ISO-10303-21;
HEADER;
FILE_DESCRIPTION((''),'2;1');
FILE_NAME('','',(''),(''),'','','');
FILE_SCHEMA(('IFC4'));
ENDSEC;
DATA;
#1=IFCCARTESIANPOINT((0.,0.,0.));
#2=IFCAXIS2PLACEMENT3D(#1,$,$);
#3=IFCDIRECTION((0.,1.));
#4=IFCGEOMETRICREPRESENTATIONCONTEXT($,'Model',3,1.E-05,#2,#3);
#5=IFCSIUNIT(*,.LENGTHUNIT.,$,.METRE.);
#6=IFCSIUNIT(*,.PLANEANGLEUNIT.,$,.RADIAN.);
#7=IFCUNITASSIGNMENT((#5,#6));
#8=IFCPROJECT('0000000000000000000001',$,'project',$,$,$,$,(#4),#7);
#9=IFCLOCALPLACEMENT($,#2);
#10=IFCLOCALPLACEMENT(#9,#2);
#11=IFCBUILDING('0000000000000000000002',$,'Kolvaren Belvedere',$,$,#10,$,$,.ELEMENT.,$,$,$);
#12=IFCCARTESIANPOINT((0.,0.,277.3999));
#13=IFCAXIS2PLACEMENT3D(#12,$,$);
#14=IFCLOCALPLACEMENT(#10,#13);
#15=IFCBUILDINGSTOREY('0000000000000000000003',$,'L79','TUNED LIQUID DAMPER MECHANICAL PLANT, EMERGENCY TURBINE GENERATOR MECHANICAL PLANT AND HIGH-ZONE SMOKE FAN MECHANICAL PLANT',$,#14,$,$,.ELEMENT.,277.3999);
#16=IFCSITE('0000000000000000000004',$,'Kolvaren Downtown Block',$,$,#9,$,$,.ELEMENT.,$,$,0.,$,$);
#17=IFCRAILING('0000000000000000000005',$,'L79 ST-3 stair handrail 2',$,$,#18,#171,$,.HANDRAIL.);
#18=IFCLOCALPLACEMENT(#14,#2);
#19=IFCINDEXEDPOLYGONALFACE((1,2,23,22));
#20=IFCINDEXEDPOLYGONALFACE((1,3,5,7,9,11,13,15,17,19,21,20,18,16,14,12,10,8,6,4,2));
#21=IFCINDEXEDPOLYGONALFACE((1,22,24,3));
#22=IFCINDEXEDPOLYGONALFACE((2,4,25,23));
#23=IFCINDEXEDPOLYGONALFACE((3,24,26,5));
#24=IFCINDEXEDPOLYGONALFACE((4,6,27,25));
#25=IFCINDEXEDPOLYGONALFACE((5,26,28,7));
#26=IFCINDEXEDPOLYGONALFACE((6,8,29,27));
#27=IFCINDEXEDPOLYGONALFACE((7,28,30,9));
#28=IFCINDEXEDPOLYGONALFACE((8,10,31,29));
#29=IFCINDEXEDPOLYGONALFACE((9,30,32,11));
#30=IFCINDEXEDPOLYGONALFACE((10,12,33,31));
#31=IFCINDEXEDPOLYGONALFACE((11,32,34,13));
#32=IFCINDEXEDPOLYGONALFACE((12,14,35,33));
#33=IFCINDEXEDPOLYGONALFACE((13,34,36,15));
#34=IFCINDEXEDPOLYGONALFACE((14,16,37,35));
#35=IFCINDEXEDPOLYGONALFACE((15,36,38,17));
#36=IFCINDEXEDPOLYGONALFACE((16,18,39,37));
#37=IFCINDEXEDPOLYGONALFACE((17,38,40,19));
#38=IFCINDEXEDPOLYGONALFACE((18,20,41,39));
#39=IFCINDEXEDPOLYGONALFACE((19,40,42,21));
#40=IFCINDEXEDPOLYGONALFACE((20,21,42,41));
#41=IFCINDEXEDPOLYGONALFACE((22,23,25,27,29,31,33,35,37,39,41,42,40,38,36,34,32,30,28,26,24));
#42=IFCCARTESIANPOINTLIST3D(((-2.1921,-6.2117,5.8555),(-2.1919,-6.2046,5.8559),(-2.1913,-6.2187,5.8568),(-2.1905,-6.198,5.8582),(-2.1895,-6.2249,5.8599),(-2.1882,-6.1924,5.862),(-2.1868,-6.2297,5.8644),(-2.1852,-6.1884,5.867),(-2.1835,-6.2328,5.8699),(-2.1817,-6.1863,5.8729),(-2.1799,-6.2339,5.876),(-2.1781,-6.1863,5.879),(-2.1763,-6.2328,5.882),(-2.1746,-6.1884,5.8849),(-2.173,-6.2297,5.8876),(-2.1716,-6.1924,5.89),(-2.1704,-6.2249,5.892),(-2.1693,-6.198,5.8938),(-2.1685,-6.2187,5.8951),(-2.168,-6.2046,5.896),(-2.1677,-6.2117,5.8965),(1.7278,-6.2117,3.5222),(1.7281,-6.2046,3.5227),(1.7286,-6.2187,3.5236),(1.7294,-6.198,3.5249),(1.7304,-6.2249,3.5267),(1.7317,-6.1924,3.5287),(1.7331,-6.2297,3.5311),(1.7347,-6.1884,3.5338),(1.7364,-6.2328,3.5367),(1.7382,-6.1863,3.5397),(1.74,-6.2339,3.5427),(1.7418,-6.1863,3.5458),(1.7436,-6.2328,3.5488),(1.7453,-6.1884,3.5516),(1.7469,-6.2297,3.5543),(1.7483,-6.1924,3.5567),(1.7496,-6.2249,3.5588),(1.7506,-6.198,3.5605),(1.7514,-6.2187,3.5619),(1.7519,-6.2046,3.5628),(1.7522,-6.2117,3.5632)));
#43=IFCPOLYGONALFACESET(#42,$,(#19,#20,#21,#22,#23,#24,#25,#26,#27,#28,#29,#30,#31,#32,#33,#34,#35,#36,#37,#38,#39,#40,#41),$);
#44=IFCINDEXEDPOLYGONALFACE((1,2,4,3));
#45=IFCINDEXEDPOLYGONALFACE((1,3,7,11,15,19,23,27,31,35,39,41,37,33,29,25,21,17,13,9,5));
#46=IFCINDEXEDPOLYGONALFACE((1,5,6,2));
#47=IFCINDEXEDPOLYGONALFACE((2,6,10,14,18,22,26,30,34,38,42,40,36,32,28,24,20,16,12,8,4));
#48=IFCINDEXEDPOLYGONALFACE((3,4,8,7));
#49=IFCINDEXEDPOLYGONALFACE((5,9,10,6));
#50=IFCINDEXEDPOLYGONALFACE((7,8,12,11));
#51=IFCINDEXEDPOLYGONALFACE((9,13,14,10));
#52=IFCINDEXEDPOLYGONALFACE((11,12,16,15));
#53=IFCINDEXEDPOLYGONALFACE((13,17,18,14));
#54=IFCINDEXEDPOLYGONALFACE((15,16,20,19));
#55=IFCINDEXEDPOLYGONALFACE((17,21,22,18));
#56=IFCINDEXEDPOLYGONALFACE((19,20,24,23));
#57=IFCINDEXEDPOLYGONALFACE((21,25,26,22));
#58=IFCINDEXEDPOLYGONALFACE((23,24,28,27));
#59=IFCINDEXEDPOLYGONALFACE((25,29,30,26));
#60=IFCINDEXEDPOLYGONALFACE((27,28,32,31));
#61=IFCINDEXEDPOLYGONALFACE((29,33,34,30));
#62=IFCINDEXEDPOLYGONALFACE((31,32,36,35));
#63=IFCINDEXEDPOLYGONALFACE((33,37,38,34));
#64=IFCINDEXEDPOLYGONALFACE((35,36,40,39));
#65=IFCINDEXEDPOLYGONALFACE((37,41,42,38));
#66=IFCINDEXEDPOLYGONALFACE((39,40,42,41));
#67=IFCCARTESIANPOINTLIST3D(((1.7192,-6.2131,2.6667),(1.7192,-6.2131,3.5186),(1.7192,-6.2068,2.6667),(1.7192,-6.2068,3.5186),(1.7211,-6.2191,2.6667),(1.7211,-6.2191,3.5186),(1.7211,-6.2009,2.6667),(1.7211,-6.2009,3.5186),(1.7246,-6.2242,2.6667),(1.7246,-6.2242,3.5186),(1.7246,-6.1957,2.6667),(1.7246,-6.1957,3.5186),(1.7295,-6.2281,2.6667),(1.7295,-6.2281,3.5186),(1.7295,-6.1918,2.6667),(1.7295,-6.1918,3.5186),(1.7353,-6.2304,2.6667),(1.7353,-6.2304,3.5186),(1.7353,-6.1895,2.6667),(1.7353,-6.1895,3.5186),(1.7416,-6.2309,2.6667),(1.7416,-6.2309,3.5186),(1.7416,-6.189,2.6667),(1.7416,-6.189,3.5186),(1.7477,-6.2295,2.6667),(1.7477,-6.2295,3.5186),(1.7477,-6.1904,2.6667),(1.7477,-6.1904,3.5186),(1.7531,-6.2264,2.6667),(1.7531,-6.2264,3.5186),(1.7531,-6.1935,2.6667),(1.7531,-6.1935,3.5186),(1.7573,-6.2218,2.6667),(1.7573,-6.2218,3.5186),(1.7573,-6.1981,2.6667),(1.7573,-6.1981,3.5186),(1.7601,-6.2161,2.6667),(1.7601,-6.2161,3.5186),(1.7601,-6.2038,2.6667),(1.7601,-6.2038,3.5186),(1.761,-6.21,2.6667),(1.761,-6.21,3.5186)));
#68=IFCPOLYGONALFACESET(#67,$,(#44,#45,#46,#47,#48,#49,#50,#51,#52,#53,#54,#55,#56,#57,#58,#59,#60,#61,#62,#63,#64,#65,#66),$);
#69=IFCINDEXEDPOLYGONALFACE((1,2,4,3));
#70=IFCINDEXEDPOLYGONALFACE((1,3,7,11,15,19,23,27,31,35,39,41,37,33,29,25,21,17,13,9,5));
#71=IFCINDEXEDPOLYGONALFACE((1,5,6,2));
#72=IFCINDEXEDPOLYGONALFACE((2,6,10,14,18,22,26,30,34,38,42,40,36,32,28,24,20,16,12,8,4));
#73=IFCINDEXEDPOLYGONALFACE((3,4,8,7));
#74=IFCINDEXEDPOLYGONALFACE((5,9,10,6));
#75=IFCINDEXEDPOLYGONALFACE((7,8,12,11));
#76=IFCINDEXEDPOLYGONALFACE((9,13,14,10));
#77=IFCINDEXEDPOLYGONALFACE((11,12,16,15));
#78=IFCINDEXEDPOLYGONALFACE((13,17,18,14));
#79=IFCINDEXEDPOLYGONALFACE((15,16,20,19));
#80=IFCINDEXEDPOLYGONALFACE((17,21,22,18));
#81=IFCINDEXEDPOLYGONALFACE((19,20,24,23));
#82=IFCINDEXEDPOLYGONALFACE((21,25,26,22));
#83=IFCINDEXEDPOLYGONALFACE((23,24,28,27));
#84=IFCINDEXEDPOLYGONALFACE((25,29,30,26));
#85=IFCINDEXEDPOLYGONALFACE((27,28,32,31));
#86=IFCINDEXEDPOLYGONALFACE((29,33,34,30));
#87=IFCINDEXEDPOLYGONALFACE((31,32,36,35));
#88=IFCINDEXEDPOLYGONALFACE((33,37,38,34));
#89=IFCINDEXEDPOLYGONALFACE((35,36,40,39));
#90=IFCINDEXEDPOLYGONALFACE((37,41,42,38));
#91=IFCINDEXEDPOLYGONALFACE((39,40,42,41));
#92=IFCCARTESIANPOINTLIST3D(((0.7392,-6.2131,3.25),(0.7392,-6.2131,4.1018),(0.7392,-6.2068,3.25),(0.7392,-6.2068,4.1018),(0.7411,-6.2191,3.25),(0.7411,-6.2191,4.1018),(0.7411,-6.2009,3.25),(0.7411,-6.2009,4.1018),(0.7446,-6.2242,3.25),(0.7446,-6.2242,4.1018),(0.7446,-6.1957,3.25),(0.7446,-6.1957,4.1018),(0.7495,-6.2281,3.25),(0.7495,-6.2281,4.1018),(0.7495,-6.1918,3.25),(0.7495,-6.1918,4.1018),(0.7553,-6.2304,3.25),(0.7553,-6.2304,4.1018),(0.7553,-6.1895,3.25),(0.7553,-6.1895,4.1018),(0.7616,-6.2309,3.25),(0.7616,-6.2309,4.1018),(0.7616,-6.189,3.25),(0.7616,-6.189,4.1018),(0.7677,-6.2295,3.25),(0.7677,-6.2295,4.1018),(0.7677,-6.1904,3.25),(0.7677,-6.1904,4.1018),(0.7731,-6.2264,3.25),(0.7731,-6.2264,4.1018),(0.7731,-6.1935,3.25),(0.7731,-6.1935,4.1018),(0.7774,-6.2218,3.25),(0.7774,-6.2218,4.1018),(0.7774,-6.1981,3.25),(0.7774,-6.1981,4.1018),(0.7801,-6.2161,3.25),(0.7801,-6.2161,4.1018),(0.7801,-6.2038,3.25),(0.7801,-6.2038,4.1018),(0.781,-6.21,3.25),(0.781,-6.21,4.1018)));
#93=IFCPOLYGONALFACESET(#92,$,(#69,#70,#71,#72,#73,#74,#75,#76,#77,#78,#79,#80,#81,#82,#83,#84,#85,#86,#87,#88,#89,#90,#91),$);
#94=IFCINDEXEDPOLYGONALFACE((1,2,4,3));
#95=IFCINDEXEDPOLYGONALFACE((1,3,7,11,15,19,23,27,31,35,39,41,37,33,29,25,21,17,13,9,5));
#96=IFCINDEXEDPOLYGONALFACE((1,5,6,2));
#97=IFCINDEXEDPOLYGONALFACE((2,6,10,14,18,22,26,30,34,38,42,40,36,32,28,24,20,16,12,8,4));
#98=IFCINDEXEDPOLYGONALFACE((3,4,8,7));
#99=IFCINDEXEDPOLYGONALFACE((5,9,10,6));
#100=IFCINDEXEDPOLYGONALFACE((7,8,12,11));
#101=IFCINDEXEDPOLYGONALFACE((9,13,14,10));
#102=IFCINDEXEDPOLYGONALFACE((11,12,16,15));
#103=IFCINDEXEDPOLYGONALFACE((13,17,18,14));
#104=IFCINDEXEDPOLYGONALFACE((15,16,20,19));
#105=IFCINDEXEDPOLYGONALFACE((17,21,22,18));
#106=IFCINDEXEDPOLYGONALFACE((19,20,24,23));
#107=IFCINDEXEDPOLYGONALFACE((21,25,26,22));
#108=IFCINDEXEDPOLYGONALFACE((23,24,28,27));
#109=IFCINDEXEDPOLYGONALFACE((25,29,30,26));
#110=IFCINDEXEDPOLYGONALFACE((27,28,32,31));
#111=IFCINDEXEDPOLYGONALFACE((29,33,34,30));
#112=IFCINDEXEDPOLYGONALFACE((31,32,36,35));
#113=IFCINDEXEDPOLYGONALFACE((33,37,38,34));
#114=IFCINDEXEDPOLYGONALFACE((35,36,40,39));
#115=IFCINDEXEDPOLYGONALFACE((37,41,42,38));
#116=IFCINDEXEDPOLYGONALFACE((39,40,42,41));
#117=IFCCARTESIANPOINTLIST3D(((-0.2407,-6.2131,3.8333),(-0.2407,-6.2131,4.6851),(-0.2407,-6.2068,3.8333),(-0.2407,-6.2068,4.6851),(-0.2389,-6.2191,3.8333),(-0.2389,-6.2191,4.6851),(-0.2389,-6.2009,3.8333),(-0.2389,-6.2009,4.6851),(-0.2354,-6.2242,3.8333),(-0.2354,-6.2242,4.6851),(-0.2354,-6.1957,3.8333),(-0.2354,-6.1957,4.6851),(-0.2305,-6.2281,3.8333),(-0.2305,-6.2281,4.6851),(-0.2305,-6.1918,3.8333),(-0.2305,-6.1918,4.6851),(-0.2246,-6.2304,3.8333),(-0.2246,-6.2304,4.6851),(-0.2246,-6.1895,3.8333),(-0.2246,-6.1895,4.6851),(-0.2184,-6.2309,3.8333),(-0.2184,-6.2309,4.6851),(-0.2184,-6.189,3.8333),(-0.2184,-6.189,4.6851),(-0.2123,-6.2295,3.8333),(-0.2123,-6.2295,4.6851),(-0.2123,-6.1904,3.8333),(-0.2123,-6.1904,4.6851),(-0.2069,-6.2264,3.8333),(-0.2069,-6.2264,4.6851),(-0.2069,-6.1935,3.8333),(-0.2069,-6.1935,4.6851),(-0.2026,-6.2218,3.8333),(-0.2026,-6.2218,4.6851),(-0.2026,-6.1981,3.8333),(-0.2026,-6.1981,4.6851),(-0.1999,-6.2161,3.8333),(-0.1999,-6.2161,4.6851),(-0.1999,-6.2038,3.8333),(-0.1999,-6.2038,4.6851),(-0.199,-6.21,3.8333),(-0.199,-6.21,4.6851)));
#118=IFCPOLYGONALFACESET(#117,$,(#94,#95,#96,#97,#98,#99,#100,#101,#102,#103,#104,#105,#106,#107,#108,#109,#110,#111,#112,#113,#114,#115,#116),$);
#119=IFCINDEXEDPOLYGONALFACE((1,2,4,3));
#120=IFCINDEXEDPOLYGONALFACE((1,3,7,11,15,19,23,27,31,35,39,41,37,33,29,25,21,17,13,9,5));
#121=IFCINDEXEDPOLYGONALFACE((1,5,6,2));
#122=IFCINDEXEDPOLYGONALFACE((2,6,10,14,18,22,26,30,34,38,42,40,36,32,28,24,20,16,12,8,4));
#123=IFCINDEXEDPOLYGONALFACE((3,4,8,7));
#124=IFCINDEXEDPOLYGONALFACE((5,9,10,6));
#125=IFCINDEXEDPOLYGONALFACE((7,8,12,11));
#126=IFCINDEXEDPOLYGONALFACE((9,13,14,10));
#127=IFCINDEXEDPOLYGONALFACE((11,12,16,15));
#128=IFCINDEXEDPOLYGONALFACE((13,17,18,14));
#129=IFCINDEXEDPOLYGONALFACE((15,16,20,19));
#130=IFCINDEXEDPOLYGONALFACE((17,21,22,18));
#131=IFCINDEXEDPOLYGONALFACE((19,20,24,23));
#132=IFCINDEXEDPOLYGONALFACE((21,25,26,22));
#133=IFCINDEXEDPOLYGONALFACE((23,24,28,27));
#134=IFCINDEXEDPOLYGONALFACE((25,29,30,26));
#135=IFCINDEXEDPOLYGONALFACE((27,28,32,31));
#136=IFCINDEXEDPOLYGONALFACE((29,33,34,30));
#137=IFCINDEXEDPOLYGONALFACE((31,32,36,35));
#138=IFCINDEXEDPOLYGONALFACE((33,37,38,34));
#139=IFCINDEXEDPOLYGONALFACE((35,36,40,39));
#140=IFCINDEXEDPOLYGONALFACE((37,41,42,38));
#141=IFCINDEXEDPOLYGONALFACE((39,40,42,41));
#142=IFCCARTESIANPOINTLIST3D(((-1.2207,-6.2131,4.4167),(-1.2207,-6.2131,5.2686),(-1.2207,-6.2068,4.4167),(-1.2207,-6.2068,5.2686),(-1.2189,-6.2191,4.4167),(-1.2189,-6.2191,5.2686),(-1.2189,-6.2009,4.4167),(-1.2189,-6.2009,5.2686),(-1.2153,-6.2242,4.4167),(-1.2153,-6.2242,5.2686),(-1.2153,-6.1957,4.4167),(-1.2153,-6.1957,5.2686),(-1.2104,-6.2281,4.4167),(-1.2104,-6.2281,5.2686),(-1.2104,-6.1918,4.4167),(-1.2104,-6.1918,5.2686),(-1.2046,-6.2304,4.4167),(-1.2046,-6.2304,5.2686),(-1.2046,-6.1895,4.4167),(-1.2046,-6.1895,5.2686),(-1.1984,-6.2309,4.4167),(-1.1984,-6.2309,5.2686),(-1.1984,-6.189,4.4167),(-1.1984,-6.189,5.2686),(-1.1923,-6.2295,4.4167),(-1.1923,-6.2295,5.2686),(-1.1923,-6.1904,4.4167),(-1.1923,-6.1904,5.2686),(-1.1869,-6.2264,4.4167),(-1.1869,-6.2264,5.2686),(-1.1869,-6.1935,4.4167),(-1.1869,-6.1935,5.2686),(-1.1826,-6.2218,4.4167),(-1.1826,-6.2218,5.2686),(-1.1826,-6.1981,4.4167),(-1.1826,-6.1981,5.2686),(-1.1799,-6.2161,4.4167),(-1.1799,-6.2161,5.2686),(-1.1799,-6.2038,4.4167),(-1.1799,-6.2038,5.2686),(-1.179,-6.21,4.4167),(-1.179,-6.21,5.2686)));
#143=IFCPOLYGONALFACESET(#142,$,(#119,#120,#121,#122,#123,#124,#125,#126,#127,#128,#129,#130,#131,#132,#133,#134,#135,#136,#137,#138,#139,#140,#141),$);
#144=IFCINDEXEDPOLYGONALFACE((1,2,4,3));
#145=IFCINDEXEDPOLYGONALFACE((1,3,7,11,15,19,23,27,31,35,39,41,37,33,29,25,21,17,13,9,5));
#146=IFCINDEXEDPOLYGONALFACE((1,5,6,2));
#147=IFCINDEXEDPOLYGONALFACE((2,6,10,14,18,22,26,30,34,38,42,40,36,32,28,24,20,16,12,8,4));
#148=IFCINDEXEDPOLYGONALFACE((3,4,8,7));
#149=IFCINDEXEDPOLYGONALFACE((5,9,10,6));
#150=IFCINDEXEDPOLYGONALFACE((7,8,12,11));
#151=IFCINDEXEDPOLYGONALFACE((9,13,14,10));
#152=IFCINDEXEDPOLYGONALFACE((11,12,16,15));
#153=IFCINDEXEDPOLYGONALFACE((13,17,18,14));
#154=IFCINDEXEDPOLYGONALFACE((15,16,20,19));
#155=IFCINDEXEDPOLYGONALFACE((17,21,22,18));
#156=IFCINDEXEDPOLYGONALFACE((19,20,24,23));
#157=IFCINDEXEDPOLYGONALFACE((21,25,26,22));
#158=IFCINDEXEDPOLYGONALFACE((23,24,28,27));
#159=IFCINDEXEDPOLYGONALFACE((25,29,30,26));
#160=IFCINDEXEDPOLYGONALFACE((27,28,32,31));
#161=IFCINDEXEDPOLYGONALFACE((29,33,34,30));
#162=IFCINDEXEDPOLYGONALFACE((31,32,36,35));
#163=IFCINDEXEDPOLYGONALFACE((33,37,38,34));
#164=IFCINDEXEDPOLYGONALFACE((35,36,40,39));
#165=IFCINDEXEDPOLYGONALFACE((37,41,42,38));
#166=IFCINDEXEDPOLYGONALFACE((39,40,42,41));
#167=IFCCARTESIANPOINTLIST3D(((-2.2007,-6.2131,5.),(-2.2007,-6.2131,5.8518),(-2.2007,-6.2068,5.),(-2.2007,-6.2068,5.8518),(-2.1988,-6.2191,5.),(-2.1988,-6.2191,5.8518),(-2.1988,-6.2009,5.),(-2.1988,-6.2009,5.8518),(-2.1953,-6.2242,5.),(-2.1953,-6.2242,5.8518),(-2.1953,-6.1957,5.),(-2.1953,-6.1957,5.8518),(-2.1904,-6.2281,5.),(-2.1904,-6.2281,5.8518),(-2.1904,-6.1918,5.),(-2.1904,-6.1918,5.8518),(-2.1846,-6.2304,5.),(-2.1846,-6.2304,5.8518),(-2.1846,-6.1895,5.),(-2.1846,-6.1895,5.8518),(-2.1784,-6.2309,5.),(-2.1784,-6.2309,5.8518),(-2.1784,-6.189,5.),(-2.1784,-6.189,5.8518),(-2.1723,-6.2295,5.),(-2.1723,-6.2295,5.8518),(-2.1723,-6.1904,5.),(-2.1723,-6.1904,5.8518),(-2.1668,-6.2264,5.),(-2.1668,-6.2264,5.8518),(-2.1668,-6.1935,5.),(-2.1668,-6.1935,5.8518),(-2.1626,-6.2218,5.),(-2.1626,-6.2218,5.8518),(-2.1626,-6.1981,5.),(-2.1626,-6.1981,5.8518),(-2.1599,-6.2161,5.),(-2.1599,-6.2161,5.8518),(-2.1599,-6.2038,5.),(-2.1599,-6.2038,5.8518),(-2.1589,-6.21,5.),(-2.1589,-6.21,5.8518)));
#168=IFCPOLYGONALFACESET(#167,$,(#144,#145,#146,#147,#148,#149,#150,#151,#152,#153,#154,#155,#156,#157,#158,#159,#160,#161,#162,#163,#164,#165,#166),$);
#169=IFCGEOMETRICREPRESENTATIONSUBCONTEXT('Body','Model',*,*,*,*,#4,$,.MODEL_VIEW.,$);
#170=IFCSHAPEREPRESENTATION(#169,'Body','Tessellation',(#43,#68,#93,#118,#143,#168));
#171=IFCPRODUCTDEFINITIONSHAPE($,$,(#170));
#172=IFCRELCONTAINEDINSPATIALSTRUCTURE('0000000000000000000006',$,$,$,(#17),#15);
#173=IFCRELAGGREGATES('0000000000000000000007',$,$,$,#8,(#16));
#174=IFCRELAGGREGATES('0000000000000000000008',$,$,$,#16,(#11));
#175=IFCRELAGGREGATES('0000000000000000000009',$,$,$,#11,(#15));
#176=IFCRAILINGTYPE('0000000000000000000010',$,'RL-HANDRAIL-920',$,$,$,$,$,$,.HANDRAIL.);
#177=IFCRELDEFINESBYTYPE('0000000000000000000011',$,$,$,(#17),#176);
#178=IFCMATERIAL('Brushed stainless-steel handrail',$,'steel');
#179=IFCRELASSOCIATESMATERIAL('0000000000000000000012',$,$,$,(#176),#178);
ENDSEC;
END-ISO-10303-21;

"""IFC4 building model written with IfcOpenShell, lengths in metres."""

from ifc_helpers import new_model, si_unit, direction, frame, origin, origin_2d, place, context, subcontext, project, spatial, circle, extrude, material, type_object, element, save


model = new_model("IFC4")

# Units and contexts
model_context = context("Model", 3, precision=1e-05, world=origin(), true_north=direction((0.0, 1.0)))
body_context = subcontext(model_context, "Body", "Model", "MODEL_VIEW")
ifc_project = project(units=[si_unit("LENGTHUNIT", "METRE"), si_unit("PLANEANGLEUNIT", "RADIAN")], contexts=[model_context])

# Site, building, storey
site_placement = place(None, origin())
site = spatial("IfcSite", under=ifc_project, at=site_placement, Name="Kolvaren Downtown Block", CompositionType="ELEMENT", RefElevation=0.0)
building_placement = place(site_placement, origin())
building = spatial("IfcBuilding", under=site, at=building_placement, Name="Kolvaren Belvedere", CompositionType="ELEMENT")
storey_placement = place(building_placement, frame((0.0, 0.0, 277.3999)))
storey = spatial("IfcBuildingStorey", under=building, at=storey_placement, Name="L79", Description="TUNED LIQUID DAMPER MECHANICAL PLANT, EMERGENCY TURBINE GENERATOR MECHANICAL PLANT AND HIGH-ZONE SMOKE FAN MECHANICAL PLANT", CompositionType="ELEMENT", Elevation=277.3999)

# Railing
ifc_material_1 = material(Name="Brushed stainless-steel handrail", Category="steel")
railing_type_1 = type_object("IfcRailingType", Name="RL-HANDRAIL-920", PredefinedType="HANDRAIL", material=ifc_material_1)
railing_1_placement = place(storey_placement, frame((1.74, -6.21, 2.6667)))
element("IfcRailing", 1, at=railing_1_placement, inside=storey, type_object=railing_type_1, Name="L79 ST-3 stair handrail 2", PredefinedType="HANDRAIL", context=body_context, shape_type="SweptSolid", body=[
    extrude(circle(Radius=0.0239, at=origin_2d()), frame((0.0, 0.0, 0.876), z_axis=(-0.859296, 0.0, 0.511478), x_axis=(0.0, -1.0, 0.0)), (0.0, 0.0, 1.0), 4.5618),
    extrude(circle(Radius=0.021, at=origin_2d()), origin(), (0.0, 0.0, 1.0), 0.8518),
    extrude(circle(Radius=0.021, at=origin_2d()), frame((-0.98, 0.0, 0.5833)), (0.0, 0.0, 1.0), 0.8518),
    extrude(circle(Radius=0.021, at=origin_2d()), frame((-1.96, 0.0, 1.1665)), (0.0, 0.0, 1.0), 0.8518),
    extrude(circle(Radius=0.021, at=origin_2d()), frame((-2.9399, 0.0, 1.75)), (0.0, 0.0, 1.0), 0.8518),
    extrude(circle(Radius=0.021, at=origin_2d()), frame((-3.9199, 0.0, 2.3333)), (0.0, 0.0, 1.0), 0.8518),
])

save(model, "model.ifc")
